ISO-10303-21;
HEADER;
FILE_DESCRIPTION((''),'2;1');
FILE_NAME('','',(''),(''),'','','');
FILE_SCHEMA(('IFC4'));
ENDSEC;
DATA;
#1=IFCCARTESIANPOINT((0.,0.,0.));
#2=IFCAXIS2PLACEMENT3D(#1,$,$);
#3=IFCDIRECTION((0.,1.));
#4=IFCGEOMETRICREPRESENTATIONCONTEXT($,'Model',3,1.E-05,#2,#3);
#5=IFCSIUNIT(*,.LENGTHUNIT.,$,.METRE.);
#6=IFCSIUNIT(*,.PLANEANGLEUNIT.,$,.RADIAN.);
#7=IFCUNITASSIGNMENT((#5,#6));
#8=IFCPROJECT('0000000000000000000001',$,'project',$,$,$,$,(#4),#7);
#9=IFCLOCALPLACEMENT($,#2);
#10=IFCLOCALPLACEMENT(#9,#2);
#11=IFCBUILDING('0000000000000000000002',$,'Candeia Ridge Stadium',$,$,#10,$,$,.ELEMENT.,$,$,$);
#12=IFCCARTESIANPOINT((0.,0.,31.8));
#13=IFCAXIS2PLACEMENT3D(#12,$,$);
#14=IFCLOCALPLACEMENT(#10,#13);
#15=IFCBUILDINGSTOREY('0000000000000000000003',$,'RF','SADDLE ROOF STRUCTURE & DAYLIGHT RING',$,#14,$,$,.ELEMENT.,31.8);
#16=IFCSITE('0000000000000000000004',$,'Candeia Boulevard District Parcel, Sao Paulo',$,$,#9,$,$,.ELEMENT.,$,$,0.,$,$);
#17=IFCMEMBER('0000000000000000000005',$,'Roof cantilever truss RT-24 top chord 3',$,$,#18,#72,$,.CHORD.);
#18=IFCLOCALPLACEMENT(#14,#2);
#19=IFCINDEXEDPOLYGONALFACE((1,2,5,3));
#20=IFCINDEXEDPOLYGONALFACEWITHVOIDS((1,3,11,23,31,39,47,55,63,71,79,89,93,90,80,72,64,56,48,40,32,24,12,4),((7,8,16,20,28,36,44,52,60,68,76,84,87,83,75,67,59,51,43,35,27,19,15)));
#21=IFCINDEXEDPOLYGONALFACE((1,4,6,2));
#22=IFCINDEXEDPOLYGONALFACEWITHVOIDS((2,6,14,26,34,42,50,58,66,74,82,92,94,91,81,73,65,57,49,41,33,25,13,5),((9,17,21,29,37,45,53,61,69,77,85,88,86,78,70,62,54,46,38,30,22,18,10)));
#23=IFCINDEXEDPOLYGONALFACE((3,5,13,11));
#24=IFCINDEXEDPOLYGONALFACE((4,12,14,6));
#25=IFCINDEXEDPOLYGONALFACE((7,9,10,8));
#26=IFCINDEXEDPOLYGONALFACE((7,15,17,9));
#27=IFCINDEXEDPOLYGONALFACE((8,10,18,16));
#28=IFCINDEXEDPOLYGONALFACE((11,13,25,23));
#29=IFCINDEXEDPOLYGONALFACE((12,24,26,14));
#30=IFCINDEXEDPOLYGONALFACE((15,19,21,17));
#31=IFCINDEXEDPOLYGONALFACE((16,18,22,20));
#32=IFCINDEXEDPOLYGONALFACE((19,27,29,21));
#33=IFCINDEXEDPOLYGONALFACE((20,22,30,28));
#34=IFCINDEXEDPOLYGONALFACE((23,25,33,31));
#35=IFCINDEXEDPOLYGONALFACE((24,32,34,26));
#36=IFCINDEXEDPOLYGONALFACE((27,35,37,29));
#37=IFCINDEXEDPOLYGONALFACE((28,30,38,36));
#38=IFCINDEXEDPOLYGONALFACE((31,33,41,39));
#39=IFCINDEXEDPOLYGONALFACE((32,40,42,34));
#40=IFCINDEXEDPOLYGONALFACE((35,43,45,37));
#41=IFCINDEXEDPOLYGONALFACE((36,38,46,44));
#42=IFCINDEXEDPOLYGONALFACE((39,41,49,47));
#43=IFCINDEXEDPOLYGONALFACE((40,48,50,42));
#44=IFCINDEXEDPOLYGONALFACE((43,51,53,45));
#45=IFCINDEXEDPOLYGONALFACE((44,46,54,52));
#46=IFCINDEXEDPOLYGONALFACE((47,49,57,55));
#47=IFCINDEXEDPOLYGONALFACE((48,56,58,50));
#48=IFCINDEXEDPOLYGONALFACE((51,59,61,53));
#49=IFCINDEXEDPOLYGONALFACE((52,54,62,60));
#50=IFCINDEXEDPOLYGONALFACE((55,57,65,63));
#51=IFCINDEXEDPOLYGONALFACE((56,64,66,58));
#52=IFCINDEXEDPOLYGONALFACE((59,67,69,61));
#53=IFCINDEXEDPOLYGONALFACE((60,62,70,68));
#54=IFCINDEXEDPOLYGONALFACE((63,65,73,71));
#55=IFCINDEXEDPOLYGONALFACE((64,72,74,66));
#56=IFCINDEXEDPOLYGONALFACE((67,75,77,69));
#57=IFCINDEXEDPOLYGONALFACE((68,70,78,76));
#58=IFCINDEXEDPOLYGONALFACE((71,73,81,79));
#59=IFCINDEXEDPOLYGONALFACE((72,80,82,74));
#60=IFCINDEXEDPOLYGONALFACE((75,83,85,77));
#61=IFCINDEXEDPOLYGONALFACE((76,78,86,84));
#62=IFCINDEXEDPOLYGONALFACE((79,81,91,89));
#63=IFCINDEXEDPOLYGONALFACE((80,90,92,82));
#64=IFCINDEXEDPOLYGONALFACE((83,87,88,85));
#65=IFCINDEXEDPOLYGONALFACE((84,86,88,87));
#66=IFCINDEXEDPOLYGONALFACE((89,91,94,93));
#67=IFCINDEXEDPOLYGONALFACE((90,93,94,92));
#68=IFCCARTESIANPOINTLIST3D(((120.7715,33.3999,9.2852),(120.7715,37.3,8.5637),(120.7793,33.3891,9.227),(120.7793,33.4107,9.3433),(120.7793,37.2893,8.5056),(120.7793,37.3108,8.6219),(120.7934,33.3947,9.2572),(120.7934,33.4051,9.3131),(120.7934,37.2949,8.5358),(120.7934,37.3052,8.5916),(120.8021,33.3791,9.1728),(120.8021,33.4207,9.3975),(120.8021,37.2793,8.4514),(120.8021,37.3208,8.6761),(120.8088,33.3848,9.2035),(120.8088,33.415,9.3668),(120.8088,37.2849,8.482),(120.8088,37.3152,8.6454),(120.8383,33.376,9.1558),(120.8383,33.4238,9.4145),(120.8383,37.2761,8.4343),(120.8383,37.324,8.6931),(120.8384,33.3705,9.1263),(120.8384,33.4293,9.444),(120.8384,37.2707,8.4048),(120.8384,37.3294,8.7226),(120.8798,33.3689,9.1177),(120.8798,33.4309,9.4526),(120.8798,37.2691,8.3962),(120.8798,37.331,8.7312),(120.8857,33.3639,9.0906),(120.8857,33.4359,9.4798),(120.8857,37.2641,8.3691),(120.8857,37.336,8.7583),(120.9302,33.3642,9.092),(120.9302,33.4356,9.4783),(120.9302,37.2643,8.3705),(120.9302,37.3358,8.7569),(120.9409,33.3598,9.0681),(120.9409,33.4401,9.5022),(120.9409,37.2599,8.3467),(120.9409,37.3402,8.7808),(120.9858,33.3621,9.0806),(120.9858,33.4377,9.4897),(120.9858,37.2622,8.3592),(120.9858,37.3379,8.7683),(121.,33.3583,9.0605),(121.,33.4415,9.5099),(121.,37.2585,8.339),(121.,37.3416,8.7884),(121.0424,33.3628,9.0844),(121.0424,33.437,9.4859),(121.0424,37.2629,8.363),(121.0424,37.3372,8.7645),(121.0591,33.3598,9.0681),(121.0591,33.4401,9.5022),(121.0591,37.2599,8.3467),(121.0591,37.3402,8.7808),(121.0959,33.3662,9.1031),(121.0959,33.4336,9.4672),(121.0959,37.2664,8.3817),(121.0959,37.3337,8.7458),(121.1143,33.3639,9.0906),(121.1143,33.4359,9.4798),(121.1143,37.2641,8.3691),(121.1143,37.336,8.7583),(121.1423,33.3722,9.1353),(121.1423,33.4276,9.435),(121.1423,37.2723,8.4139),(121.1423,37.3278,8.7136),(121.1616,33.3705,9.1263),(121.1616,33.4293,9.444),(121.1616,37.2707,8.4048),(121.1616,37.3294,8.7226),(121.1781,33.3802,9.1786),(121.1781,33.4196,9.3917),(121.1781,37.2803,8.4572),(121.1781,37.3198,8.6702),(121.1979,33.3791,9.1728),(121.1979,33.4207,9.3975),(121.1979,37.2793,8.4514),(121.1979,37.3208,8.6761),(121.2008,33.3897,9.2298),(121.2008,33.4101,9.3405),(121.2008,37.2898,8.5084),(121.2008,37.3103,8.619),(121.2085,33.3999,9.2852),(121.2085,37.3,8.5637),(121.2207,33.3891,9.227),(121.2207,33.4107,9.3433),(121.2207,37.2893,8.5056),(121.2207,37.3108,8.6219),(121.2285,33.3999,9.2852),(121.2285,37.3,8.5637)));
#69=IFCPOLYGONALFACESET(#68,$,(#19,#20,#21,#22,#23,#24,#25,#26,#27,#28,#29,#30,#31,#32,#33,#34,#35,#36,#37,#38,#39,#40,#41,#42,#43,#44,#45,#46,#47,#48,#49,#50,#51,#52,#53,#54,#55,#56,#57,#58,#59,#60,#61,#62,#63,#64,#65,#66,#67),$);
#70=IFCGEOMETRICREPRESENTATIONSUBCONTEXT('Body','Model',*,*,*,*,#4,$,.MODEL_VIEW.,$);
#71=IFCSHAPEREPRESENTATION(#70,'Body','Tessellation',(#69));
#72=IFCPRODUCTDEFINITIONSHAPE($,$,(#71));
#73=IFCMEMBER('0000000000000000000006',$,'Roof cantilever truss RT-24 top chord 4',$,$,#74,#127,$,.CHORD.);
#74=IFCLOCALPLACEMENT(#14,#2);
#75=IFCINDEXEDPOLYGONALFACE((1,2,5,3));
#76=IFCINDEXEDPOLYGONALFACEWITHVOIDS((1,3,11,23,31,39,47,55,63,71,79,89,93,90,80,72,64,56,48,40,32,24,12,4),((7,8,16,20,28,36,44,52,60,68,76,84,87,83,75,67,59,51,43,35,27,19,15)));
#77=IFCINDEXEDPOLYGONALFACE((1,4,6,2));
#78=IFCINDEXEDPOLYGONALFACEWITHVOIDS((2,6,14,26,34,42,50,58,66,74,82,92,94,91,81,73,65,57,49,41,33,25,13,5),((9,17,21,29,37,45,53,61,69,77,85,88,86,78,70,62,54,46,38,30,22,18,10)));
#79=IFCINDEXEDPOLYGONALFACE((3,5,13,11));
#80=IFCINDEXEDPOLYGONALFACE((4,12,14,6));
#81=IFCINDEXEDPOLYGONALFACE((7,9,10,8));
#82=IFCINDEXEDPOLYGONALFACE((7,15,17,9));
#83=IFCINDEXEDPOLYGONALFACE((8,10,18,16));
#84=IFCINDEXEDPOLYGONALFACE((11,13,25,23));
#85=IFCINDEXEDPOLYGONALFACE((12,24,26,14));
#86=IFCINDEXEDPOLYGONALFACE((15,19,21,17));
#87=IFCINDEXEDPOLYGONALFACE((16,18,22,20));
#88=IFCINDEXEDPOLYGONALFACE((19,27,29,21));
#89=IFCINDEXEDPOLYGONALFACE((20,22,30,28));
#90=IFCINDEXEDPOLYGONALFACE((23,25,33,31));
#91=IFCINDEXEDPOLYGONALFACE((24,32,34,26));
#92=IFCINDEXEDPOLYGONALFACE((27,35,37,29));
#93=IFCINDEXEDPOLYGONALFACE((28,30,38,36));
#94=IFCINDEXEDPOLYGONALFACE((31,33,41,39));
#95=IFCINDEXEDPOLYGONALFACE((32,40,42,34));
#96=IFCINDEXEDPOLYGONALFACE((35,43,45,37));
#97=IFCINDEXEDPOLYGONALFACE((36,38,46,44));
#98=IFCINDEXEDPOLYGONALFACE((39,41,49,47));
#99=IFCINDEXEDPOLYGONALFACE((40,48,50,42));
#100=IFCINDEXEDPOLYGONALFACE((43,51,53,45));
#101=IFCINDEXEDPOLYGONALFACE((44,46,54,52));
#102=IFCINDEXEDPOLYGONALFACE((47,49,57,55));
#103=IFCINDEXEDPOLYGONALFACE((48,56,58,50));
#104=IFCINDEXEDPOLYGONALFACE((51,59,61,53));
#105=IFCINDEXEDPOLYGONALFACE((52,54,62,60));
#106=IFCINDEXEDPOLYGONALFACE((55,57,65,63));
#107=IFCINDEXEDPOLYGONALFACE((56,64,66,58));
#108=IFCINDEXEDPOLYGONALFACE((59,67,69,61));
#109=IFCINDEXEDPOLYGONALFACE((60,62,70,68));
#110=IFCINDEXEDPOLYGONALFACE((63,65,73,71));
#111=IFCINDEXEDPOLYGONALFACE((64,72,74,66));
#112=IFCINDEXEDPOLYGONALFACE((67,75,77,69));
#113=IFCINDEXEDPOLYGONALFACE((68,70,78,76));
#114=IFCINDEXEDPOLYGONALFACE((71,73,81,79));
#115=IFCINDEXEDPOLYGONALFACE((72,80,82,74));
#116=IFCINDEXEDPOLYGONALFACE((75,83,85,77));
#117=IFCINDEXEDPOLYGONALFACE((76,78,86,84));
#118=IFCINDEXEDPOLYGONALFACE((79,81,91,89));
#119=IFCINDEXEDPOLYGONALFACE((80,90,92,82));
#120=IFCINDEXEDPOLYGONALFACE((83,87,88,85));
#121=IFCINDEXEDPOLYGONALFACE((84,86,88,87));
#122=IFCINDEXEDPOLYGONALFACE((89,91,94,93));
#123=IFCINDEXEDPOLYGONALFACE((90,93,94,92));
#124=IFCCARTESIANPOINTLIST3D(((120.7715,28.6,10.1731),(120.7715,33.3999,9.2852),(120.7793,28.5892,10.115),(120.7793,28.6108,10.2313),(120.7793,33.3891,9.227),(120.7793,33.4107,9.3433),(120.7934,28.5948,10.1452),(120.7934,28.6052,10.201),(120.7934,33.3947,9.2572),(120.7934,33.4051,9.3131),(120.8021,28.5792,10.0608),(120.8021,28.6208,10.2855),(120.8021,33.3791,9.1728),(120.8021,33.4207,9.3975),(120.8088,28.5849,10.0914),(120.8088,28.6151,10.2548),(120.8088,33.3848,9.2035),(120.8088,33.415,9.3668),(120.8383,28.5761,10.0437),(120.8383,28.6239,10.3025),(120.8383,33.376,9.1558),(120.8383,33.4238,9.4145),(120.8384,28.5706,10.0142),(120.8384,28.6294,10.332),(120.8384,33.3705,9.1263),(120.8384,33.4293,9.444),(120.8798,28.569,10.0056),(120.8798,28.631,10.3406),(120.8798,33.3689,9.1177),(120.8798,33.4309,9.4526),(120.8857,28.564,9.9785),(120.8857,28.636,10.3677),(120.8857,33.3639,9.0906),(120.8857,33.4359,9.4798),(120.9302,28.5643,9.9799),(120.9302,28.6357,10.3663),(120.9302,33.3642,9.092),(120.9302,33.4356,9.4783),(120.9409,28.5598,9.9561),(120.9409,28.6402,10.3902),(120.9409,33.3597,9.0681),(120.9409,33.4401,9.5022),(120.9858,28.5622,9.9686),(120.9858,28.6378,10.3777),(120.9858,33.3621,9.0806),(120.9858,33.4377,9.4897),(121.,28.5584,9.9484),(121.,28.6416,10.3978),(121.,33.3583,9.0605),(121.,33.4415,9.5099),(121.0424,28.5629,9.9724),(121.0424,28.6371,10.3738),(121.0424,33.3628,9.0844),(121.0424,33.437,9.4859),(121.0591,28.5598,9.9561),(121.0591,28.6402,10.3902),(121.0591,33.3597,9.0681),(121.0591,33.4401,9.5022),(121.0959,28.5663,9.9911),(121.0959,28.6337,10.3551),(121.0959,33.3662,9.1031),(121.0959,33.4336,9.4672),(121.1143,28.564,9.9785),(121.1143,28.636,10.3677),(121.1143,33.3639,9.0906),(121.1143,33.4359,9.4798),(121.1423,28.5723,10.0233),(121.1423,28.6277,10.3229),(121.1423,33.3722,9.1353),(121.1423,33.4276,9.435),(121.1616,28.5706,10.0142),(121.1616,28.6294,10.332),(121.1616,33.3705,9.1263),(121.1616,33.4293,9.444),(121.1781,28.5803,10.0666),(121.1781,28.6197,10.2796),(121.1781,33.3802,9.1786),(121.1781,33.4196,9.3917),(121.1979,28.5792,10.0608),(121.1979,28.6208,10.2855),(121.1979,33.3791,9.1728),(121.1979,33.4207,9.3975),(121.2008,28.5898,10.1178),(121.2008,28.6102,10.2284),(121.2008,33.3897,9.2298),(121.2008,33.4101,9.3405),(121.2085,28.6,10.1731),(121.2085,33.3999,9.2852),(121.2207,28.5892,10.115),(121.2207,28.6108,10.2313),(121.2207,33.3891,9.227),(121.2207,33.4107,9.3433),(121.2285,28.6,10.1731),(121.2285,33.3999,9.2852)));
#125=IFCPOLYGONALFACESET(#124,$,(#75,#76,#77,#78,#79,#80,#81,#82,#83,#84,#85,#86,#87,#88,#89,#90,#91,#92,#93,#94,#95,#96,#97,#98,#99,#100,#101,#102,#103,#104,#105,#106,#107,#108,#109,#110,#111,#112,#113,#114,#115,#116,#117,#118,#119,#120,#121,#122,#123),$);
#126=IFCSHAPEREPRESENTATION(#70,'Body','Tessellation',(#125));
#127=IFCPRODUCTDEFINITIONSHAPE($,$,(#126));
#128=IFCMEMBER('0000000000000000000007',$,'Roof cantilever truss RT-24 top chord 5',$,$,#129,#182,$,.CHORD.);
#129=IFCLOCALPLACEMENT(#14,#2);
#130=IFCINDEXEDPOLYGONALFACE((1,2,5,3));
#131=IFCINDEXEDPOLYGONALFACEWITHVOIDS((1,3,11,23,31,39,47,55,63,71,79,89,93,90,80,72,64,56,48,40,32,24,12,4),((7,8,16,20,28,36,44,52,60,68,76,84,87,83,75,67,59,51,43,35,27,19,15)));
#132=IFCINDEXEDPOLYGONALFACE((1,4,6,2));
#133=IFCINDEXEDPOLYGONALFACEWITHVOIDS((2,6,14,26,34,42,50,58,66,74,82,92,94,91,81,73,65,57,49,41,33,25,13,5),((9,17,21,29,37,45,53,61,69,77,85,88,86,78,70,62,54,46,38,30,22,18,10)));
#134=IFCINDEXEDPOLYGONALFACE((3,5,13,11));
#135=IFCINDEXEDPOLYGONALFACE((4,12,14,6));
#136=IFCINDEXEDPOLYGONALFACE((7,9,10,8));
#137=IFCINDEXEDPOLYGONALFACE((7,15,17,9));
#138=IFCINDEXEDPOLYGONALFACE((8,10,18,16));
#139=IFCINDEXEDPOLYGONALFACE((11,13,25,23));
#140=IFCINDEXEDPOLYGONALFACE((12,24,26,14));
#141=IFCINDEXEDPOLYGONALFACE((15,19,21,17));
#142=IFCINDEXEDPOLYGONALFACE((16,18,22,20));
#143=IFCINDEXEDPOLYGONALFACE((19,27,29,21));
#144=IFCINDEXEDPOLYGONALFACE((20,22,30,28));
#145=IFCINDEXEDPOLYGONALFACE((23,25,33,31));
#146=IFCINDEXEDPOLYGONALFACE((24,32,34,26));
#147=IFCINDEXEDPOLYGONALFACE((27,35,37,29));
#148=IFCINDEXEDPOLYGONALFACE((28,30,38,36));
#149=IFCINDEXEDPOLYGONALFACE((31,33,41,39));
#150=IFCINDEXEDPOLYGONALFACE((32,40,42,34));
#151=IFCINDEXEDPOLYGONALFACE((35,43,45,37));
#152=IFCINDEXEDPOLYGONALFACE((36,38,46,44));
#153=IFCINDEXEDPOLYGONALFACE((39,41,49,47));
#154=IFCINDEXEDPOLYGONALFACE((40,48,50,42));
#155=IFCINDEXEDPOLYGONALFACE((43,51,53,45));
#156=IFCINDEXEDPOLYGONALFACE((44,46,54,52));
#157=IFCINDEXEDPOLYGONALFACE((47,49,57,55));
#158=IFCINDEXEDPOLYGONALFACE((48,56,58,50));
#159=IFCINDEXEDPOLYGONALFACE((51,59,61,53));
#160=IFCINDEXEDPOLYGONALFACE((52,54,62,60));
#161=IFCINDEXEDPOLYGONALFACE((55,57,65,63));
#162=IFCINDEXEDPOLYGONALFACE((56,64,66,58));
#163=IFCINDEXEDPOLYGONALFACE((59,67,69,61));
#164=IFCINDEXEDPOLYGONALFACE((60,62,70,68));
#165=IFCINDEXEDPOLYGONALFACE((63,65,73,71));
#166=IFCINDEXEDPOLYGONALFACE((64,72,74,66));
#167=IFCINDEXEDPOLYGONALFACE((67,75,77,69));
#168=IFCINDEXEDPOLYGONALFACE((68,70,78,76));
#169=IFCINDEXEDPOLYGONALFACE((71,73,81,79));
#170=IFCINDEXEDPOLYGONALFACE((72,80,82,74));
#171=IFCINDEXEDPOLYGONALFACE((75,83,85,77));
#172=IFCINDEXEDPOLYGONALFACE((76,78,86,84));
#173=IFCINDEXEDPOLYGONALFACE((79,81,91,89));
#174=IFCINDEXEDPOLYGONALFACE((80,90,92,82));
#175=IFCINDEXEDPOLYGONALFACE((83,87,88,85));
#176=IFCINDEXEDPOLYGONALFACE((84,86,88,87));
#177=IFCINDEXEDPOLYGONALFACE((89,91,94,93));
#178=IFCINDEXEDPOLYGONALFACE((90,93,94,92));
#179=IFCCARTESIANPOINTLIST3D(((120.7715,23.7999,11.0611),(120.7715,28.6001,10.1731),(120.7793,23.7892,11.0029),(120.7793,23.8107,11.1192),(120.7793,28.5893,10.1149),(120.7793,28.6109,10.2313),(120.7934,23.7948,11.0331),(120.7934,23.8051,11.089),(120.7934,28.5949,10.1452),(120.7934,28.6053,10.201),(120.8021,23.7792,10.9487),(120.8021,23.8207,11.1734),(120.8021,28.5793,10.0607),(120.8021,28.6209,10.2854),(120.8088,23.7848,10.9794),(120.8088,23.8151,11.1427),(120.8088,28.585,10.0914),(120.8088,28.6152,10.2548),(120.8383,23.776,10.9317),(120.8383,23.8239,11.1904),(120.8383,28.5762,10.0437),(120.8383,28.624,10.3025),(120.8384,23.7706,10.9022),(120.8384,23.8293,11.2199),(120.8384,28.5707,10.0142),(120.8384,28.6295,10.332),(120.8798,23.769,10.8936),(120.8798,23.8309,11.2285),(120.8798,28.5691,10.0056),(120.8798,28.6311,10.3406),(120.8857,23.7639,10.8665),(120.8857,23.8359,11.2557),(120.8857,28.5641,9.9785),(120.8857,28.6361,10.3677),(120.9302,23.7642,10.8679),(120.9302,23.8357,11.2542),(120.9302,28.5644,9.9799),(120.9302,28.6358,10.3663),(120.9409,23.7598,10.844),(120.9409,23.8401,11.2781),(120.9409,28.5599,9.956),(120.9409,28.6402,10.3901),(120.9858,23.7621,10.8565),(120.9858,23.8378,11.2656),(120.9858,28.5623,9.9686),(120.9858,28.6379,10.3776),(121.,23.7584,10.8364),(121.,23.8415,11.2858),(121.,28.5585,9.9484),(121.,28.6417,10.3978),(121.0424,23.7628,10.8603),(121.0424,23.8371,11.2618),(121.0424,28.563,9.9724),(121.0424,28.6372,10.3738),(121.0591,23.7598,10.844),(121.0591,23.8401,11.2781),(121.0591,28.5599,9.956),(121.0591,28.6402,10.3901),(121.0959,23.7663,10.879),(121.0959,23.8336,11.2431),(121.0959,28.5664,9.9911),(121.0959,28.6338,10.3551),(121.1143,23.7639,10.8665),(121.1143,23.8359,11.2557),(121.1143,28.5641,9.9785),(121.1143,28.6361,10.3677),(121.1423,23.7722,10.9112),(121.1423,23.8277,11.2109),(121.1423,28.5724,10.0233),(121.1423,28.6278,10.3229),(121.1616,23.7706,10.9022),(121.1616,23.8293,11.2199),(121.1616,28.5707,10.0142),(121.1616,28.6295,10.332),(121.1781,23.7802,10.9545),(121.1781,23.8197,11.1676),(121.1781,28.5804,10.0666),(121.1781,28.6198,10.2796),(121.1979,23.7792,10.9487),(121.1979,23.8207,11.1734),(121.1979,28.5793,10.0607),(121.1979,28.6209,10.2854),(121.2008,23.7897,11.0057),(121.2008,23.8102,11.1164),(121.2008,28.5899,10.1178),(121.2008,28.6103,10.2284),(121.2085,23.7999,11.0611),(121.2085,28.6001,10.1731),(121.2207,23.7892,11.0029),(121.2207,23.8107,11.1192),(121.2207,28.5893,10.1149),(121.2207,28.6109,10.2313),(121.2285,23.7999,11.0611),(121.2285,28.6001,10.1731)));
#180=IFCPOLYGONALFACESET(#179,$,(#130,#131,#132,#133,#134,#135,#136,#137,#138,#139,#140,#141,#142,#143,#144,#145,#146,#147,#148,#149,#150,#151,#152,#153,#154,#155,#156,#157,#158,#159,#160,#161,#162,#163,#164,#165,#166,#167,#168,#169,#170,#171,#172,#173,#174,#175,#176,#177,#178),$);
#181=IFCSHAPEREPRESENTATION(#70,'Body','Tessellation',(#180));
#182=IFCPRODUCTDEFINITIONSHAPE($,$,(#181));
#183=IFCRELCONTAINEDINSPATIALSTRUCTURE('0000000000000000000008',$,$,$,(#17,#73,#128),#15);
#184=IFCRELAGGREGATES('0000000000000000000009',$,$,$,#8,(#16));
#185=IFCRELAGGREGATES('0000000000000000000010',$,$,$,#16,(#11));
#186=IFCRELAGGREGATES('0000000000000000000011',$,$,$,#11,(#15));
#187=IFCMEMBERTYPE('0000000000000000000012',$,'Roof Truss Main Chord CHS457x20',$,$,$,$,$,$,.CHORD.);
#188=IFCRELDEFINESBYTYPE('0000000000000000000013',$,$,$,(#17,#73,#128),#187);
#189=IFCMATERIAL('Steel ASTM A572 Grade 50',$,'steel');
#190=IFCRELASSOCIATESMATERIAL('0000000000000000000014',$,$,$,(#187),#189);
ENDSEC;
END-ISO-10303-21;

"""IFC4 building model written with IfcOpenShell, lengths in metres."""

from ifc_helpers import new_model, si_unit, direction, frame, origin, origin_2d, place, context, subcontext, project, spatial, hollow_circle, extrude, material, material_profile, profile_set, type_object, element, save


model = new_model("IFC4")

# Units and contexts
model_context = context("Model", 3, precision=1e-05, world=origin(), true_north=direction((0.0, 1.0)))
body_context = subcontext(model_context, "Body", "Model", "MODEL_VIEW")
ifc_project = project(units=[si_unit("LENGTHUNIT", "METRE"), si_unit("PLANEANGLEUNIT", "RADIAN")], contexts=[model_context])

# Site, building, storey
site_placement = place(None, origin())
site = spatial("IfcSite", under=ifc_project, at=site_placement, Name="Candeia Boulevard District Parcel, Sao Paulo", CompositionType="ELEMENT", RefElevation=0.0)
building_placement = place(site_placement, origin())
building = spatial("IfcBuilding", under=site, at=building_placement, Name="Candeia Ridge Stadium", CompositionType="ELEMENT")
storey_placement = place(building_placement, frame((0.0, 0.0, 31.8)))
storey = spatial("IfcBuildingStorey", under=building, at=storey_placement, Name="RF", Description="SADDLE ROOF STRUCTURE & DAYLIGHT RING", CompositionType="ELEMENT", Elevation=31.8)

# Shared definitions
ifc_material_1 = material(Name="Steel ASTM A572 Grade 50", Category="steel")

# Members
ifc_material_profile_1 = material_profile(ifc_material_1, hollow_circle(Radius=0.2285, WallThickness=0.02, at=origin_2d()), Name="CHS457x20", Category="steel")
ifc_profile_set_1 = profile_set([ifc_material_profile_1], Name="Steel ASTM A572 Grade 50")
member_type_1 = type_object("IfcMemberType", Name="Roof Truss Main Chord CHS457x20", PredefinedType="CHORD", material=ifc_profile_set_1)
member_1_placement = place(storey_placement, frame((121.0, 37.3, 8.5637), z_axis=(0.0, -0.983319, 0.181891), x_axis=(1.0, 0.0, 0.0)))
element("IfcMember", 1, at=member_1_placement, inside=storey, type_object=member_type_1, Name="Roof cantilever truss RT-24 top chord 3", PredefinedType="CHORD", context=body_context, shape_type="SweptSolid", body=[
    extrude(hollow_circle(Radius=0.2285, WallThickness=0.02, at=origin_2d()), origin(), (0.0, 0.0, 1.0), 3.9663),
])
member_2_placement = place(storey_placement, frame((121.0, 33.3999, 9.2852), z_axis=(0.0, -0.983315, 0.181908), x_axis=(1.0, 0.0, 0.0)))
element("IfcMember", 2, at=member_2_placement, inside=storey, type_object=member_type_1, Name="Roof cantilever truss RT-24 top chord 4", PredefinedType="CHORD", context=body_context, shape_type="SweptSolid", body=[
    extrude(hollow_circle(Radius=0.2285, WallThickness=0.02, at=origin_2d()), origin(), (0.0, 0.0, 1.0), 4.8813),
])
member_3_placement = place(storey_placement, frame((121.0, 28.6001, 10.1731), z_axis=(0.0, -0.983317, 0.181899), x_axis=(1.0, 0.0, 0.0)))
element("IfcMember", 3, at=member_3_placement, inside=storey, type_object=member_type_1, Name="Roof cantilever truss RT-24 top chord 5", PredefinedType="CHORD", context=body_context, shape_type="SweptSolid", body=[
    extrude(hollow_circle(Radius=0.2285, WallThickness=0.02, at=origin_2d()), origin(), (0.0, 0.0, 1.0), 4.8816),
])

save(model, "model.ifc")
